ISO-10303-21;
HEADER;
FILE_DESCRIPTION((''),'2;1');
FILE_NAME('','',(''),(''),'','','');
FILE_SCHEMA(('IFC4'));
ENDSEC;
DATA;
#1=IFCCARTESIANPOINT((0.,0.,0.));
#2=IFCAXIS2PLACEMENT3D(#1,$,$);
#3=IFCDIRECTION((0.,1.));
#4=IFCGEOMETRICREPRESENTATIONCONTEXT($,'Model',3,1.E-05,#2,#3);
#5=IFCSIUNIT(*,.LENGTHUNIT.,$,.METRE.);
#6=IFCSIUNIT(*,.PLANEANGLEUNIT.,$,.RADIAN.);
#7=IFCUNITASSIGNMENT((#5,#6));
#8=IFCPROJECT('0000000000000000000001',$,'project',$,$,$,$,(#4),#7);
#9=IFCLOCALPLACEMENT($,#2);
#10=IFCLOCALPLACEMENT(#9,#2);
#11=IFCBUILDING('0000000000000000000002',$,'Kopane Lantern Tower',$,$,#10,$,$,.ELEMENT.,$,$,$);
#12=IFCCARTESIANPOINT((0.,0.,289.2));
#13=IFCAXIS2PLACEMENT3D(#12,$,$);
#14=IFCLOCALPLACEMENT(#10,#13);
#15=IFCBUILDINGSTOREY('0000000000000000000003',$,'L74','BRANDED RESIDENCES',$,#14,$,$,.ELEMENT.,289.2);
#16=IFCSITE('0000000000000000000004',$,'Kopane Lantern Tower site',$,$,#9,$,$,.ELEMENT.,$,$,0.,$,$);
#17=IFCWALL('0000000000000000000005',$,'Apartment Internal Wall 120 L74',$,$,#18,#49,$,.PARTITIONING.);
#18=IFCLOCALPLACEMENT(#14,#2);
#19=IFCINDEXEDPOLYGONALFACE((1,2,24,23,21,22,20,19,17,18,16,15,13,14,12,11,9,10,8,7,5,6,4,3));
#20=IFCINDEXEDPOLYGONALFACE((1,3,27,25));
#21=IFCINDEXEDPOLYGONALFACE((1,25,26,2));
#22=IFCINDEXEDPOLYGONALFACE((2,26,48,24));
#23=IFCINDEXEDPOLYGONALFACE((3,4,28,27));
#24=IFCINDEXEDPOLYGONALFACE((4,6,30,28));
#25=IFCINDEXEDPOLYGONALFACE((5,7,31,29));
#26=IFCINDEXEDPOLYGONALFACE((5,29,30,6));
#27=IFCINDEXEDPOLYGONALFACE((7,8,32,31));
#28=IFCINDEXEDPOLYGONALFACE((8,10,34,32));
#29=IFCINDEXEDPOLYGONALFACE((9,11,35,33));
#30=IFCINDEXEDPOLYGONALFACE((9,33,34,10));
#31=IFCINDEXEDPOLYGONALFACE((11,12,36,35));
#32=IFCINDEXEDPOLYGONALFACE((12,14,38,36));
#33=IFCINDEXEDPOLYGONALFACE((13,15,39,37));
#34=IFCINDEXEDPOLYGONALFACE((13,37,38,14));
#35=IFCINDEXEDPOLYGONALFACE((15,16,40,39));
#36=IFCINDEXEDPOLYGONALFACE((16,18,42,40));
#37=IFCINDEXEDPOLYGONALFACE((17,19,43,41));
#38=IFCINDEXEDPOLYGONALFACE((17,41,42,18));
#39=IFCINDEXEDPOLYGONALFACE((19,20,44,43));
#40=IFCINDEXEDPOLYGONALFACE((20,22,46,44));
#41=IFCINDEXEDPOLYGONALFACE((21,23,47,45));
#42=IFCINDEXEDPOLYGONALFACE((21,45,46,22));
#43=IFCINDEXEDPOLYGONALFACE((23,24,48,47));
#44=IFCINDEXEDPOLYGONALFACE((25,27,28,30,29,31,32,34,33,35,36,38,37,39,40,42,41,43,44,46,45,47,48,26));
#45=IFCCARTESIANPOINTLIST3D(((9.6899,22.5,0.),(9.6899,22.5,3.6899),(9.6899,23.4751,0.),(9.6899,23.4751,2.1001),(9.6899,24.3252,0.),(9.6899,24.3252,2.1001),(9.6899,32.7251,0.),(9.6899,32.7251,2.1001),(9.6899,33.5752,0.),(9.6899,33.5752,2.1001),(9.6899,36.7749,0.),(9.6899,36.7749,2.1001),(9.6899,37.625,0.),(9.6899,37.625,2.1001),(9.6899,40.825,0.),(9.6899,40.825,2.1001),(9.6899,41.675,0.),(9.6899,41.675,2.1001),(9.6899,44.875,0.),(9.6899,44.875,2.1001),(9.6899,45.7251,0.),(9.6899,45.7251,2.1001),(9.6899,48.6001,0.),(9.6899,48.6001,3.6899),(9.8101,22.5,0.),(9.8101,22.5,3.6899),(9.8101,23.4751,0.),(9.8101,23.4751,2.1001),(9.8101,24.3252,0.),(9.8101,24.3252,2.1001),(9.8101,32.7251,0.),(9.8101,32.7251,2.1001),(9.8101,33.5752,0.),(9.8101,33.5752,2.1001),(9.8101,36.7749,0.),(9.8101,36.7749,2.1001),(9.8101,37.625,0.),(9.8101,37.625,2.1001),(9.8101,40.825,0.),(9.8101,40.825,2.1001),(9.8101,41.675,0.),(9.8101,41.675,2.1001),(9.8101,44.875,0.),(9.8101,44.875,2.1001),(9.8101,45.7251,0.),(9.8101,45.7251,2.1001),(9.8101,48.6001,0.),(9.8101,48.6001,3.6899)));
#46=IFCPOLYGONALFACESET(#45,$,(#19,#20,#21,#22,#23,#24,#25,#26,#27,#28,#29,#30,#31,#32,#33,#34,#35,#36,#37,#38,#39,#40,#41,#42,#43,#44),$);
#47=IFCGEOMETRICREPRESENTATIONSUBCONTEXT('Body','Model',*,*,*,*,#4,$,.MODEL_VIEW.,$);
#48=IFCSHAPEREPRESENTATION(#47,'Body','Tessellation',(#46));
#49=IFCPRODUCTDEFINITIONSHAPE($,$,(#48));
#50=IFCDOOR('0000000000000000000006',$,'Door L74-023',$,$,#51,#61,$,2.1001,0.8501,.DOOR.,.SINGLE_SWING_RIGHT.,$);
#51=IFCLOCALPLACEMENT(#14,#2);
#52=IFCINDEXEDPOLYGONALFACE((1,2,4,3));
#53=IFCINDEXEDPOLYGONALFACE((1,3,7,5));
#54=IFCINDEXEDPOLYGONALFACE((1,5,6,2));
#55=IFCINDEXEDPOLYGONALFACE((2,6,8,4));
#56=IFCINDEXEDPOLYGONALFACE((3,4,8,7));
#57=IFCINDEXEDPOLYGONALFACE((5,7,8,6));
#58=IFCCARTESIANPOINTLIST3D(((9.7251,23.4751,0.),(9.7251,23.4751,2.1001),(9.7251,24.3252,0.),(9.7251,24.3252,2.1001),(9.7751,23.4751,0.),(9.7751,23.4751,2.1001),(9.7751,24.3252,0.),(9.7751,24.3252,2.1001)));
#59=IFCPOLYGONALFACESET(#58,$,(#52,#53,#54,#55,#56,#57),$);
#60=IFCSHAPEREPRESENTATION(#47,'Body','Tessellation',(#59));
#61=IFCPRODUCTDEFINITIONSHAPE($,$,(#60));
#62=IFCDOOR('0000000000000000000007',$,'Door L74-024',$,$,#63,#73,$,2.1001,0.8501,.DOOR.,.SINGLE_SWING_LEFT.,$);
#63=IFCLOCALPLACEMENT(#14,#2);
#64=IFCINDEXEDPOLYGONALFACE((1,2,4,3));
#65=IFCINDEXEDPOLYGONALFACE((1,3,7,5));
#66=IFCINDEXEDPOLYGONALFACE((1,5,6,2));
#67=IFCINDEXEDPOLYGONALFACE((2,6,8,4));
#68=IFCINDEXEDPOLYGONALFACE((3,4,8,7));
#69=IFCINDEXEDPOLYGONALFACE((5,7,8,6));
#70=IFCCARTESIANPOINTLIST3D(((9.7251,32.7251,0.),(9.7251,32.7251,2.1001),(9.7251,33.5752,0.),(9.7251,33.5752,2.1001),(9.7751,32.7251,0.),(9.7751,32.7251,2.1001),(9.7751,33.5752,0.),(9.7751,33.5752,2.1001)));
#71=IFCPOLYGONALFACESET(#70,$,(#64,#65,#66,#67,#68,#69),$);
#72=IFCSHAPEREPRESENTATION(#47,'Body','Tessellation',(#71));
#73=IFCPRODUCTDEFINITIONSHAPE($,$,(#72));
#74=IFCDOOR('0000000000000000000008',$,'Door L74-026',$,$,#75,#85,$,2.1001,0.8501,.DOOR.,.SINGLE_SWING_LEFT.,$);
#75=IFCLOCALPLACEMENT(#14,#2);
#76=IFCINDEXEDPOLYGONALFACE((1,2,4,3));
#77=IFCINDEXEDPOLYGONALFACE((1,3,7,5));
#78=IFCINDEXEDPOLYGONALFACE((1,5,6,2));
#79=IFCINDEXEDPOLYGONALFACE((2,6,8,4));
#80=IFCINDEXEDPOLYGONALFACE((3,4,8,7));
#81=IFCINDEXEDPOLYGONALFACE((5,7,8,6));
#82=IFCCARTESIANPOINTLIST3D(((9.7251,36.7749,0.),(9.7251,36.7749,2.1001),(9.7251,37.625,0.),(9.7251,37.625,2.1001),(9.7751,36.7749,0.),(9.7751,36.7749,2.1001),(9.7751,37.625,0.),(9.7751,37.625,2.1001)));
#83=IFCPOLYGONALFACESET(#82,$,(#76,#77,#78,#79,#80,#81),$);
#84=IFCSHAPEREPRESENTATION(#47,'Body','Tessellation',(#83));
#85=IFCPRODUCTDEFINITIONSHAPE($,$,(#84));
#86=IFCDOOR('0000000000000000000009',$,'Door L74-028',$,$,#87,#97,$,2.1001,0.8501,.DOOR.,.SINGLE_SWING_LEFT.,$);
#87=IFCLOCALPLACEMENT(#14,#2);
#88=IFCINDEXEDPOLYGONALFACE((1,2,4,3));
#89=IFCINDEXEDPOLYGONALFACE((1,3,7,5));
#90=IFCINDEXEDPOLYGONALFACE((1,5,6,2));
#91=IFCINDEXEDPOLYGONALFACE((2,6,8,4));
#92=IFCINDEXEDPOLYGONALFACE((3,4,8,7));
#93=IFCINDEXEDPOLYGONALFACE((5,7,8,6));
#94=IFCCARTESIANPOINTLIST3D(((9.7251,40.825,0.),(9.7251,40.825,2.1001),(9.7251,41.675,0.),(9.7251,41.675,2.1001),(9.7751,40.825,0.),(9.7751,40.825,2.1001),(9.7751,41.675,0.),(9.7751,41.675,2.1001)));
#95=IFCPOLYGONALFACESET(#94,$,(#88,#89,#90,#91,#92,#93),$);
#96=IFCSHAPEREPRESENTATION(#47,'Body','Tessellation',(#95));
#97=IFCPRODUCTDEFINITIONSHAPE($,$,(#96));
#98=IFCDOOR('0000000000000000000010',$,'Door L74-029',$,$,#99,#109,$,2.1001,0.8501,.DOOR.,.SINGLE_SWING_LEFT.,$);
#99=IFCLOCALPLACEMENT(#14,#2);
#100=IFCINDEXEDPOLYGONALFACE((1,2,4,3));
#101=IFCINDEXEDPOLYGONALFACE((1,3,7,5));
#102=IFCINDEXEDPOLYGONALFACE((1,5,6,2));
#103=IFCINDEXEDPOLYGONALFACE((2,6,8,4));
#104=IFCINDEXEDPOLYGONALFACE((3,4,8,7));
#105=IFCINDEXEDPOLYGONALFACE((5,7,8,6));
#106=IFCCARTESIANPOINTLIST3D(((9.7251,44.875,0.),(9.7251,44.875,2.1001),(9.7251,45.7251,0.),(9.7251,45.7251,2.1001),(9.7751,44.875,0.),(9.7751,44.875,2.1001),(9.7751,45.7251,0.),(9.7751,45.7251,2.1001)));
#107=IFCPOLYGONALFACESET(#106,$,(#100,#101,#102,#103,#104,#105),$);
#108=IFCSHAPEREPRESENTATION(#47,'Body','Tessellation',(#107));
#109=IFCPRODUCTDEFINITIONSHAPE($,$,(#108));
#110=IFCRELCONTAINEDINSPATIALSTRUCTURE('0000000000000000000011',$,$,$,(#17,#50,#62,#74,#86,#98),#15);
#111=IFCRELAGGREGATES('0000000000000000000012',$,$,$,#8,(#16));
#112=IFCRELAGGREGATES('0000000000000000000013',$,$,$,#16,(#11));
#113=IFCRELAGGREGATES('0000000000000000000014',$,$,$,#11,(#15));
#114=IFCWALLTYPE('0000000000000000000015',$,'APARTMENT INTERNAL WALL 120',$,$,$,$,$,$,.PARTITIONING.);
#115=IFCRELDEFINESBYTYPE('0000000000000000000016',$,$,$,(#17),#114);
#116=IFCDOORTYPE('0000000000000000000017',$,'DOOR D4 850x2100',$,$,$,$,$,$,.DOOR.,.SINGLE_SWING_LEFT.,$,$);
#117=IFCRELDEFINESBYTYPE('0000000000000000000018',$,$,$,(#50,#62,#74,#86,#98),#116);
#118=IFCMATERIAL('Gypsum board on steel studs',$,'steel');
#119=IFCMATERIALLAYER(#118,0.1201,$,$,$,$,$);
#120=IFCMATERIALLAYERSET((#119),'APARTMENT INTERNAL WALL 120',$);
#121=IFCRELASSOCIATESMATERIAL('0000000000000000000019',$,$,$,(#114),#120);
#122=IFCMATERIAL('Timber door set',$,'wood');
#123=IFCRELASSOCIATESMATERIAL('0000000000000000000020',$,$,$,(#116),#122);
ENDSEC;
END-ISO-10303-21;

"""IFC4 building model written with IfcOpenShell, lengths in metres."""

from ifc_helpers import new_model, si_unit, direction, frame, frame_2d, origin, place, context, subcontext, project, spatial, rectangle, extrude, material, layer, layer_set, type_object, element, fill, save


model = new_model("IFC4")

# Units and contexts
model_context = context("Model", 3, precision=1e-05, world=origin(), true_north=direction((0.0, 1.0)))
body_context = subcontext(model_context, "Body", "Model", "MODEL_VIEW")
ifc_project = project(units=[si_unit("LENGTHUNIT", "METRE"), si_unit("PLANEANGLEUNIT", "RADIAN")], contexts=[model_context])

# Site, building, storey
site_placement = place(None, origin())
site = spatial("IfcSite", under=ifc_project, at=site_placement, Name="Kopane Lantern Tower site", CompositionType="ELEMENT", RefElevation=0.0)
building_placement = place(site_placement, origin())
building = spatial("IfcBuilding", under=site, at=building_placement, Name="Kopane Lantern Tower", CompositionType="ELEMENT")
storey_placement = place(building_placement, frame((0.0, 0.0, 289.2)))
storey = spatial("IfcBuildingStorey", under=building, at=storey_placement, Name="L74", Description="BRANDED RESIDENCES", CompositionType="ELEMENT", Elevation=289.2)

# Wall, openings, doors
ifc_material_1 = material(Name="Gypsum board on steel studs", Category="steel")
ifc_layer_1 = layer(ifc_material_1, 0.1201)
ifc_layer_set_1 = layer_set([ifc_layer_1], Name="APARTMENT INTERNAL WALL 120")
wall_type_1 = type_object("IfcWallType", Name="APARTMENT INTERNAL WALL 120", PredefinedType="PARTITIONING", material=ifc_layer_set_1)
wall_1_placement = place(storey_placement, frame((9.75, 22.5, 0.0), z_axis=(0.0, 0.0, 1.0), x_axis=(0.0, 1.0, 0.0)))
wall_1 = element("IfcWall", 1, at=wall_1_placement, inside=storey, type_object=wall_type_1, Name="Apartment Internal Wall 120 L74", PredefinedType="PARTITIONING", context=body_context, shape_type="SweptSolid", body=[
    extrude(rectangle(XDim=26.1001, YDim=0.1201, at=frame_2d((13.05, 0.0))), origin(), (0.0, 0.0, 1.0), 3.6899),
])
opening_1_placement = place(wall_1_placement, frame((0.9751, 0.0, 0.0)))
opening_1 = element("IfcOpeningElement", 2, at=opening_1_placement, cuts=wall_1, PredefinedType="OPENING", context=body_context, shape_type="SweptSolid", body=[
    extrude(rectangle(XDim=0.8501, YDim=2.1001, at=frame_2d((0.425, 1.05))), frame((0.0, 0.0701, 0.0), z_axis=(0.0, -1.0, 0.0), x_axis=(1.0, 0.0, 0.0)), (0.0, 0.0, 1.0), 0.1401),
])
opening_2_placement = place(wall_1_placement, frame((10.2251, 0.0, 0.0)))
opening_2 = element("IfcOpeningElement", 3, at=opening_2_placement, cuts=wall_1, PredefinedType="OPENING", context=body_context, shape_type="SweptSolid", body=[
    extrude(rectangle(XDim=0.8501, YDim=2.1001, at=frame_2d((0.425, 1.05))), frame((0.0, 0.0701, 0.0), z_axis=(0.0, -1.0, 0.0), x_axis=(1.0, 0.0, 0.0)), (0.0, 0.0, 1.0), 0.1401),
])
opening_3_placement = place(wall_1_placement, frame((14.2749, 0.0, 0.0)))
opening_3 = element("IfcOpeningElement", 4, at=opening_3_placement, cuts=wall_1, PredefinedType="OPENING", context=body_context, shape_type="SweptSolid", body=[
    extrude(rectangle(XDim=0.8501, YDim=2.1001, at=frame_2d((0.425, 1.05))), frame((0.0, 0.0701, 0.0), z_axis=(0.0, -1.0, 0.0), x_axis=(1.0, 0.0, 0.0)), (0.0, 0.0, 1.0), 0.1401),
])
opening_4_placement = place(wall_1_placement, frame((18.325, 0.0, 0.0)))
opening_4 = element("IfcOpeningElement", 5, at=opening_4_placement, cuts=wall_1, PredefinedType="OPENING", context=body_context, shape_type="SweptSolid", body=[
    extrude(rectangle(XDim=0.8501, YDim=2.1001, at=frame_2d((0.425, 1.05))), frame((0.0, 0.0701, 0.0), z_axis=(0.0, -1.0, 0.0), x_axis=(1.0, 0.0, 0.0)), (0.0, 0.0, 1.0), 0.1401),
])
opening_5_placement = place(wall_1_placement, frame((22.375, 0.0, 0.0)))
opening_5 = element("IfcOpeningElement", 6, at=opening_5_placement, cuts=wall_1, PredefinedType="OPENING", context=body_context, shape_type="SweptSolid", body=[
    extrude(rectangle(XDim=0.8501, YDim=2.1001, at=frame_2d((0.425, 1.05))), frame((0.0, 0.0701, 0.0), z_axis=(0.0, -1.0, 0.0), x_axis=(1.0, 0.0, 0.0)), (0.0, 0.0, 1.0), 0.1401),
])
ifc_material_2 = material(Name="Timber door set", Category="wood")
door_type_1 = type_object("IfcDoorType", Name="DOOR D4 850x2100", OperationType="SINGLE_SWING_LEFT", PredefinedType="DOOR", material=ifc_material_2)
door_1_placement = place(opening_1_placement, origin())
door_1 = element("IfcDoor", 7, at=door_1_placement, inside=storey, type_object=door_type_1, Name="Door L74-023", OperationType="SINGLE_SWING_RIGHT", OverallHeight=2.1001, OverallWidth=0.8501, PredefinedType="DOOR", context=body_context, shape_type="SweptSolid", body=[
    extrude(rectangle(XDim=0.8501, YDim=2.1001, at=frame_2d((0.425, 1.05))), frame((0.0, 0.0249, 0.0), z_axis=(0.0, -1.0, 0.0), x_axis=(1.0, 0.0, 0.0)), (0.0, 0.0, 1.0), 0.05),
])
fill(opening_1, door_1)
door_2_placement = place(opening_2_placement, origin())
door_2 = element("IfcDoor", 8, at=door_2_placement, inside=storey, type_object=door_type_1, Name="Door L74-024", OperationType="SINGLE_SWING_LEFT", OverallHeight=2.1001, OverallWidth=0.8501, PredefinedType="DOOR", context=body_context, shape_type="SweptSolid", body=[
    extrude(rectangle(XDim=0.8501, YDim=2.1001, at=frame_2d((0.425, 1.05))), frame((0.0, 0.0249, 0.0), z_axis=(0.0, -1.0, 0.0), x_axis=(1.0, 0.0, 0.0)), (0.0, 0.0, 1.0), 0.05),
])
fill(opening_2, door_2)
door_3_placement = place(opening_3_placement, origin())
door_3 = element("IfcDoor", 9, at=door_3_placement, inside=storey, type_object=door_type_1, Name="Door L74-026", OperationType="SINGLE_SWING_LEFT", OverallHeight=2.1001, OverallWidth=0.8501, PredefinedType="DOOR", context=body_context, shape_type="SweptSolid", body=[
    extrude(rectangle(XDim=0.8501, YDim=2.1001, at=frame_2d((0.425, 1.05))), frame((0.0, 0.0249, 0.0), z_axis=(0.0, -1.0, 0.0), x_axis=(1.0, 0.0, 0.0)), (0.0, 0.0, 1.0), 0.05),
])
fill(opening_3, door_3)
door_4_placement = place(opening_4_placement, origin())
door_4 = element("IfcDoor", 10, at=door_4_placement, inside=storey, type_object=door_type_1, Name="Door L74-028", OperationType="SINGLE_SWING_LEFT", OverallHeight=2.1001, OverallWidth=0.8501, PredefinedType="DOOR", context=body_context, shape_type="SweptSolid", body=[
    extrude(rectangle(XDim=0.8501, YDim=2.1001, at=frame_2d((0.425, 1.05))), frame((0.0, 0.0249, 0.0), z_axis=(0.0, -1.0, 0.0), x_axis=(1.0, 0.0, 0.0)), (0.0, 0.0, 1.0), 0.05),
])
fill(opening_4, door_4)
door_5_placement = place(opening_5_placement, origin())
door_5 = element("IfcDoor", 11, at=door_5_placement, inside=storey, type_object=door_type_1, Name="Door L74-029", OperationType="SINGLE_SWING_LEFT", OverallHeight=2.1001, OverallWidth=0.8501, PredefinedType="DOOR", context=body_context, shape_type="SweptSolid", body=[
    extrude(rectangle(XDim=0.8501, YDim=2.1001, at=frame_2d((0.425, 1.05))), frame((0.0, 0.0249, 0.0), z_axis=(0.0, -1.0, 0.0), x_axis=(1.0, 0.0, 0.0)), (0.0, 0.0, 1.0), 0.05),
])
fill(opening_5, door_5)

save(model, "model.ifc")
